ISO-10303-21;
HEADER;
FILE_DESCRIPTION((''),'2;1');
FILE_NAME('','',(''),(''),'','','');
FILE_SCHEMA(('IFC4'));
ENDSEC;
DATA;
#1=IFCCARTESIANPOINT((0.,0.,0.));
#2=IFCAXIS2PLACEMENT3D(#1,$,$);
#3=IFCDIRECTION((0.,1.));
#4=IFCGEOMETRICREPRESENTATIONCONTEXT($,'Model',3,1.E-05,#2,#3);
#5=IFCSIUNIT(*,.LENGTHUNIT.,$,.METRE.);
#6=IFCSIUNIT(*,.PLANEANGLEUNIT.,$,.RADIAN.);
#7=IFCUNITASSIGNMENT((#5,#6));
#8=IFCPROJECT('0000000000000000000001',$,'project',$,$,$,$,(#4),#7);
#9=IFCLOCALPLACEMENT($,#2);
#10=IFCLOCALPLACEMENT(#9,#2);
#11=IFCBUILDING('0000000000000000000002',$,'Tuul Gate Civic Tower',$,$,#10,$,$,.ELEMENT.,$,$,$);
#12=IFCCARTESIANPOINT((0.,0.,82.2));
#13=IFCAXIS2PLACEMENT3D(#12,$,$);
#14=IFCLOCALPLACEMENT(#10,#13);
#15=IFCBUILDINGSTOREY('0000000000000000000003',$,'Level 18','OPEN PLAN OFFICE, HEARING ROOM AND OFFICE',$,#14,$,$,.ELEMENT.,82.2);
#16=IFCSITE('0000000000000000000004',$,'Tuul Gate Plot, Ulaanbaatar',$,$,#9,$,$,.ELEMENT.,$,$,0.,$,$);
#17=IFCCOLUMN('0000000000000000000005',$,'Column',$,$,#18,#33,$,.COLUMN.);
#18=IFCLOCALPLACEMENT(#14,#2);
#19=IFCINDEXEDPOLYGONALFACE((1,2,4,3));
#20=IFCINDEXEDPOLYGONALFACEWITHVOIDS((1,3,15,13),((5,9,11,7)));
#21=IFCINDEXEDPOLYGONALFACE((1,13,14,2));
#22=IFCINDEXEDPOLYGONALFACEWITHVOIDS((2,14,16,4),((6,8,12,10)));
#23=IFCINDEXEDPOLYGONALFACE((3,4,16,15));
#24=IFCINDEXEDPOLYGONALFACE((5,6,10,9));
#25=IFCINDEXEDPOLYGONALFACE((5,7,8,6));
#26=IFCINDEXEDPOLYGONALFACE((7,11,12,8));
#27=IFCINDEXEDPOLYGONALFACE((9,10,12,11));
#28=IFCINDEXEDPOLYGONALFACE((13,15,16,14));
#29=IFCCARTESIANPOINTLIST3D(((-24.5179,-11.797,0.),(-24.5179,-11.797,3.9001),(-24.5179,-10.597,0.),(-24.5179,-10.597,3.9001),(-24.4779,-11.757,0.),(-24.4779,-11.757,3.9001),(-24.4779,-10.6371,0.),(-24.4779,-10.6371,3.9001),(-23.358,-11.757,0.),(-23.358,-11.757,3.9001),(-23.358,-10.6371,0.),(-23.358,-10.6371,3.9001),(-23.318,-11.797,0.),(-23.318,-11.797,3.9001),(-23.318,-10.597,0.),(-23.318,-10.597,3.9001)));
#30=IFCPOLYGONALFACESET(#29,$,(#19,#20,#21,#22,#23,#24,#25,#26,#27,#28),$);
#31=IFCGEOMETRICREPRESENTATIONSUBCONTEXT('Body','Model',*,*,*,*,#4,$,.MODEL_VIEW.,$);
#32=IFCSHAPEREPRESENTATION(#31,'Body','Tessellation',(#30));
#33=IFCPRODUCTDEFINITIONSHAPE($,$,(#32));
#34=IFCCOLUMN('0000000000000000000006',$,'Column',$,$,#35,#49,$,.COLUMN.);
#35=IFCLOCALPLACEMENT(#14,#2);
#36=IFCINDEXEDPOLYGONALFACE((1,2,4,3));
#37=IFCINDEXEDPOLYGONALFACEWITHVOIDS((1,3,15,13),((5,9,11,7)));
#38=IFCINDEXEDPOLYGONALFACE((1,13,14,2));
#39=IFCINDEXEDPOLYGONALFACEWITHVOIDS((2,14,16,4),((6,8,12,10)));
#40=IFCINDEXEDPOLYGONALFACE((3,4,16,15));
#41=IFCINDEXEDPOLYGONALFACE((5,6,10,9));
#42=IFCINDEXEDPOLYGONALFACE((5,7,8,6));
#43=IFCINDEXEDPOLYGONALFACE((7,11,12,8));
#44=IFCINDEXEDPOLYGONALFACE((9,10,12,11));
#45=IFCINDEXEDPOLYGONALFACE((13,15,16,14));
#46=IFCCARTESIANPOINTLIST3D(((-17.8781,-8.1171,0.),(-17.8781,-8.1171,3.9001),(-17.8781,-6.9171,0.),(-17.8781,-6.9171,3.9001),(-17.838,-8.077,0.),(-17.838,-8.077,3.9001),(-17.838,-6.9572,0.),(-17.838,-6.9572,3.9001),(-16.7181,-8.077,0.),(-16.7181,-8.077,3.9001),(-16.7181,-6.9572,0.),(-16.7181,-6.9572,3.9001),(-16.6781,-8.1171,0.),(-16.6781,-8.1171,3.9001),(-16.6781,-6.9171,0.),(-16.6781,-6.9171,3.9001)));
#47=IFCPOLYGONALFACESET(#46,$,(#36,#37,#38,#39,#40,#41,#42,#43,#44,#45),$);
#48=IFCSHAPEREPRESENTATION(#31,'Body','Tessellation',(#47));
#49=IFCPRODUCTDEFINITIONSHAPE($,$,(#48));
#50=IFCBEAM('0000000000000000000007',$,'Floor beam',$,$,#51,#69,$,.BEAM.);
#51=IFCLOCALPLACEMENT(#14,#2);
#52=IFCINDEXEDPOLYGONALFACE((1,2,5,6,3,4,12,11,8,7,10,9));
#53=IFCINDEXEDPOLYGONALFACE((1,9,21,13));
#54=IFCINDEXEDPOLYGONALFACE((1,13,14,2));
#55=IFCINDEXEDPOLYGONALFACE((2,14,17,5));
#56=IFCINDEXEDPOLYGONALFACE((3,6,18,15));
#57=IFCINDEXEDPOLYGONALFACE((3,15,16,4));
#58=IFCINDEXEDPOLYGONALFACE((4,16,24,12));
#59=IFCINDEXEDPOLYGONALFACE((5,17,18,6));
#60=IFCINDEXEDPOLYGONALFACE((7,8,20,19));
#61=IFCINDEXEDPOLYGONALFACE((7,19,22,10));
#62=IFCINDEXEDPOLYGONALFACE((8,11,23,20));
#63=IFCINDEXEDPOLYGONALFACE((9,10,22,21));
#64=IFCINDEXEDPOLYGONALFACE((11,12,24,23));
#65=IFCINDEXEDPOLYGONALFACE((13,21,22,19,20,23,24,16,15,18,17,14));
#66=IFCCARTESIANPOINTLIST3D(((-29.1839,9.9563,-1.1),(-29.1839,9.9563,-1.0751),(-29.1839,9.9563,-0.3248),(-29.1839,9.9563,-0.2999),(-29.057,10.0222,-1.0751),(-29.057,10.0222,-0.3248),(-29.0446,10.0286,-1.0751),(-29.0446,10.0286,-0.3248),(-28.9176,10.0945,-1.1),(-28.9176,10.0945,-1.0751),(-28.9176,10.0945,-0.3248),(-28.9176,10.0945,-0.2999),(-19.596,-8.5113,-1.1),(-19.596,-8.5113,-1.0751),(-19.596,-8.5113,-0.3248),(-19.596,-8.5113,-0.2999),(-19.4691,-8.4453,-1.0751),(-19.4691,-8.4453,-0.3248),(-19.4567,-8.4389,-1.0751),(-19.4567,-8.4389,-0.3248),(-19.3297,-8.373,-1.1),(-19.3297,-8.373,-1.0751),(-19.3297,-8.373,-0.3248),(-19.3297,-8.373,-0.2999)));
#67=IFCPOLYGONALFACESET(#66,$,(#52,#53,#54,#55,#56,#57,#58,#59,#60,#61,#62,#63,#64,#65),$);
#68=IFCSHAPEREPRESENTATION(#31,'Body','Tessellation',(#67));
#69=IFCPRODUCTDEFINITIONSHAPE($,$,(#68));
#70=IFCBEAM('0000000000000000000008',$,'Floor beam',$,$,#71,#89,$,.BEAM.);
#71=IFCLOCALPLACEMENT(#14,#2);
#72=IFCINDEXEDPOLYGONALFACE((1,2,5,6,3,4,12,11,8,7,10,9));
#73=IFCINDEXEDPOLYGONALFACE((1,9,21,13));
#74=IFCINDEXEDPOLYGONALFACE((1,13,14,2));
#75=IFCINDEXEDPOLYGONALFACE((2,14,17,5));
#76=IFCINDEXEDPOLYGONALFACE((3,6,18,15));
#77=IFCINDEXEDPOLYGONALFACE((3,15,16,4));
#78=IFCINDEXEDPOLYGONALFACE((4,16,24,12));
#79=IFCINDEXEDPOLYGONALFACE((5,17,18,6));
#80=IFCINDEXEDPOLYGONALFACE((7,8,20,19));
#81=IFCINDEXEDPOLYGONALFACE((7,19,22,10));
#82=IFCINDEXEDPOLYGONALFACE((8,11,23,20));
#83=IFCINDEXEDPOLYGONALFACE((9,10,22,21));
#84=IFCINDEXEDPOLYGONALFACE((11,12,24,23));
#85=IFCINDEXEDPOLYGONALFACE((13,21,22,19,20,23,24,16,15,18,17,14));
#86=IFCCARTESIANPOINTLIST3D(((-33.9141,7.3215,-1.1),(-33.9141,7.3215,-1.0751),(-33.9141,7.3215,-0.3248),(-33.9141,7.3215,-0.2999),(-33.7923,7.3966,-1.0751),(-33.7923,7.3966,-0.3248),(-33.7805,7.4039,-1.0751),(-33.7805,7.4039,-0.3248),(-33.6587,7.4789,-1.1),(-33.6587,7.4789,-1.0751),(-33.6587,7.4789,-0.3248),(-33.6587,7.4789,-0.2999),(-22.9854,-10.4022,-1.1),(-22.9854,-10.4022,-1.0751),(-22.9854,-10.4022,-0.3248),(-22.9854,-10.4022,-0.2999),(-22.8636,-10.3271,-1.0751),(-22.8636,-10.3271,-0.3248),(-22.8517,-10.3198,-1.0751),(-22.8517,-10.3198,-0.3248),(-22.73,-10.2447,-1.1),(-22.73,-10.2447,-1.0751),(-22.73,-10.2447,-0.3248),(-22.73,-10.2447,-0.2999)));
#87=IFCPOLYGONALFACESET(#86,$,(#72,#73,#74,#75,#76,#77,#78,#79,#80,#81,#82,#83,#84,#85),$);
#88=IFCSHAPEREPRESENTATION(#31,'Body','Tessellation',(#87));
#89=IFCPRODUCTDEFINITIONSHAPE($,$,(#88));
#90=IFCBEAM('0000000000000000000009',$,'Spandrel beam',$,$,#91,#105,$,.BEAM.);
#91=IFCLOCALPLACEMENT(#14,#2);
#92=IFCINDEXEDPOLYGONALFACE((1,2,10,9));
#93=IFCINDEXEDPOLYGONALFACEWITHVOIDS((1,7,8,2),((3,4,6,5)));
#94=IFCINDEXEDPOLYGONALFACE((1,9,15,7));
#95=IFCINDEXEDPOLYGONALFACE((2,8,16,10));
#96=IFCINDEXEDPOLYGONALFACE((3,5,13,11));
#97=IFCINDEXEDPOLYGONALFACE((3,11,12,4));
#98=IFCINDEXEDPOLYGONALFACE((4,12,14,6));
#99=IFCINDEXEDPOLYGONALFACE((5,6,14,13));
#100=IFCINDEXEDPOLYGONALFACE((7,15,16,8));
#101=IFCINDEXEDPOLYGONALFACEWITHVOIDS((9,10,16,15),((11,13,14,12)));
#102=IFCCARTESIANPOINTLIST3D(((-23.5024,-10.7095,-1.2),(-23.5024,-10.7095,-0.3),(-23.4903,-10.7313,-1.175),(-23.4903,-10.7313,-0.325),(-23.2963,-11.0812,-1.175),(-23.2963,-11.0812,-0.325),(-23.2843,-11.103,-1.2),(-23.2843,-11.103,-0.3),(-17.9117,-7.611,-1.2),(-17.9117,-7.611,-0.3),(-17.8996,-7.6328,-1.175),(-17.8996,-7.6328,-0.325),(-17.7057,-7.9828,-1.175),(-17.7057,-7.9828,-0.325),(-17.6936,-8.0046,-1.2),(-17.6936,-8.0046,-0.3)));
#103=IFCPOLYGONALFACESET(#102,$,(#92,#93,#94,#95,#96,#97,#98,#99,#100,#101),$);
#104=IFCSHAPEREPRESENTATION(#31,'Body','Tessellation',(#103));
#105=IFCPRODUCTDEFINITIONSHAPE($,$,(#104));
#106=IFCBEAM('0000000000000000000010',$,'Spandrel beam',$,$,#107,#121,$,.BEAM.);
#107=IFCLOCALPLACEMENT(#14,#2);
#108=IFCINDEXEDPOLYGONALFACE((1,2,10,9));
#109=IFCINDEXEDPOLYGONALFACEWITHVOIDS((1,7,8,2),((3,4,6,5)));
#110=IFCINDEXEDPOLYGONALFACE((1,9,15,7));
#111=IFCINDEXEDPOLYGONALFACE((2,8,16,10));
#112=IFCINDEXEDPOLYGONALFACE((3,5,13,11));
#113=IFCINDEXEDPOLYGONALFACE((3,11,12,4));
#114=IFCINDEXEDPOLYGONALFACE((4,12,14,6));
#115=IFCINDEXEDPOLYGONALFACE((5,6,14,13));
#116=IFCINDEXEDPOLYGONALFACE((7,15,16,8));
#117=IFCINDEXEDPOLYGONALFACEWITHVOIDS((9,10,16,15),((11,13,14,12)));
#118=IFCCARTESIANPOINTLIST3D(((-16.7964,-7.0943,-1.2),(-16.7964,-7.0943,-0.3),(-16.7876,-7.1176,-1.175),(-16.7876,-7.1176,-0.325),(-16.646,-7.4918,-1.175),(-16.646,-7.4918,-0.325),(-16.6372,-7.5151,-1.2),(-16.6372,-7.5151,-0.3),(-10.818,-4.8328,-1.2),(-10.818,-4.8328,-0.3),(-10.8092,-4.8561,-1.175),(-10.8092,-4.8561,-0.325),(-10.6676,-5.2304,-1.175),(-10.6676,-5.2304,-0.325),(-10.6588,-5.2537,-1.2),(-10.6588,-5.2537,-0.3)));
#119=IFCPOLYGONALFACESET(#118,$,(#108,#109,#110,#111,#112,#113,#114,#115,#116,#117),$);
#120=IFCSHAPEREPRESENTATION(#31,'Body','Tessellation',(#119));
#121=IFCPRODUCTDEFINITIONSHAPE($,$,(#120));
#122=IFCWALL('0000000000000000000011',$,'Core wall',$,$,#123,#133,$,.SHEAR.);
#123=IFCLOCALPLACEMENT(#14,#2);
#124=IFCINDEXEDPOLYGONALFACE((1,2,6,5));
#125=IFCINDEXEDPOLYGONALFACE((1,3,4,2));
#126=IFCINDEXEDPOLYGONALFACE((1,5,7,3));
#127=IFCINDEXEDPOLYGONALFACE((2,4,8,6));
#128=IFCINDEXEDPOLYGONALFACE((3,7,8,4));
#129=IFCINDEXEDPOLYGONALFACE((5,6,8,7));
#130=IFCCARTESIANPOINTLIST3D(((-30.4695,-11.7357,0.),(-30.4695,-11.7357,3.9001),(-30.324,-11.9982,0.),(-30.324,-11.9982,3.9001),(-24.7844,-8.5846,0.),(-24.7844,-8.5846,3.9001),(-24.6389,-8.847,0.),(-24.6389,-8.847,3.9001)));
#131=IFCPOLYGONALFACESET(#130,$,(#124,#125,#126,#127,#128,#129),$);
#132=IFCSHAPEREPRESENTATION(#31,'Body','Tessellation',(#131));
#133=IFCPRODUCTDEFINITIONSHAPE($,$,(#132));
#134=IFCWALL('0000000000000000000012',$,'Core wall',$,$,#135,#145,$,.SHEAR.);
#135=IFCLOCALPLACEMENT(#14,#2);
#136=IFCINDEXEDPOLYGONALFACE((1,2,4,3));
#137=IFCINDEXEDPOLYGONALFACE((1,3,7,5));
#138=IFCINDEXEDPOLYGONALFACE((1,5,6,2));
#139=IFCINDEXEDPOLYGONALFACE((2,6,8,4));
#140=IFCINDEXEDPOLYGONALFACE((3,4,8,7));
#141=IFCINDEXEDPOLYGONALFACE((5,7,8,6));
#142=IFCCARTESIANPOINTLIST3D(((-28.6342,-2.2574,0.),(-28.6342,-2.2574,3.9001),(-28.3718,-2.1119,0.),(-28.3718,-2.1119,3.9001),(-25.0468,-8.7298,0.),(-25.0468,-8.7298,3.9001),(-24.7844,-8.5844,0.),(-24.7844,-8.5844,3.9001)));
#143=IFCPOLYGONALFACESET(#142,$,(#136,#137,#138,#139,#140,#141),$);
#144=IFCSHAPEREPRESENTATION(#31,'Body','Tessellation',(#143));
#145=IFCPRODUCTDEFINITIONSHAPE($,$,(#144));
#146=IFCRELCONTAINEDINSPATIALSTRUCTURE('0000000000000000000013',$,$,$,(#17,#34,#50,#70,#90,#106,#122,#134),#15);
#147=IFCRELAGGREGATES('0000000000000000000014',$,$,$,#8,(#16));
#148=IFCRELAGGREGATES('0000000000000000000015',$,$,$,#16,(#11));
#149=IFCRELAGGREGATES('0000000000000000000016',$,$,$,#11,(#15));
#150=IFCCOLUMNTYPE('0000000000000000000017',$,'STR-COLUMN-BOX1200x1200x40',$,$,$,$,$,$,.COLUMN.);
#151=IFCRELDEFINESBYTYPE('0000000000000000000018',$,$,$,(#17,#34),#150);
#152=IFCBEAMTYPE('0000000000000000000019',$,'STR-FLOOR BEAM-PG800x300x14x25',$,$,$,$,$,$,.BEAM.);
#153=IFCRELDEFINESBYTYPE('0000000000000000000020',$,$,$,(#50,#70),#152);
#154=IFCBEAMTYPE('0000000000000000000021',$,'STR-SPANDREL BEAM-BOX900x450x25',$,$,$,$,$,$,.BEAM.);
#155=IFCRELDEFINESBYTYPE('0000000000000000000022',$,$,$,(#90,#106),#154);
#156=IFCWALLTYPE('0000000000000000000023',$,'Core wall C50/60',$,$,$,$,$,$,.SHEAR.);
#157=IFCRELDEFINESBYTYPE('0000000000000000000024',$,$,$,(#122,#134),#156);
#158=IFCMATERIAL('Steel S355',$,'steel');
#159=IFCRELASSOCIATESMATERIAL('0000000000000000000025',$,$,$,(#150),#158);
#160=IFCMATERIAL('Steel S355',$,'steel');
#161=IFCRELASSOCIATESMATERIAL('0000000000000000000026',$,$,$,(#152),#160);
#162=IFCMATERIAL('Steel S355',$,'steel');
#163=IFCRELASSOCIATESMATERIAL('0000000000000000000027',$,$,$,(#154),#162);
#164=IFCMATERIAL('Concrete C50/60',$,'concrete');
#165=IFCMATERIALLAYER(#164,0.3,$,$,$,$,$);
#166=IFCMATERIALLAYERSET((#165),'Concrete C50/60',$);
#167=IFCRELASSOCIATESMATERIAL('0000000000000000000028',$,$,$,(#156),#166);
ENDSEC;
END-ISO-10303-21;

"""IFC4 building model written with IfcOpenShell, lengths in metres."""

from ifc_helpers import new_model, si_unit, direction, frame, frame_2d, origin, origin_2d, place, context, subcontext, project, spatial, rectangle, hollow_rectangle, i_section, extrude, material, layer, layer_set, material_profile, profile_set, type_object, element, save


model = new_model("IFC4")

# Units and contexts
model_context = context("Model", 3, precision=1e-05, world=origin(), true_north=direction((0.0, 1.0)))
body_context = subcontext(model_context, "Body", "Model", "MODEL_VIEW")
ifc_project = project(units=[si_unit("LENGTHUNIT", "METRE"), si_unit("PLANEANGLEUNIT", "RADIAN")], contexts=[model_context])

# Site, building, storey
site_placement = place(None, origin())
site = spatial("IfcSite", under=ifc_project, at=site_placement, Name="Tuul Gate Plot, Ulaanbaatar", CompositionType="ELEMENT", RefElevation=0.0)
building_placement = place(site_placement, origin())
building = spatial("IfcBuilding", under=site, at=building_placement, Name="Tuul Gate Civic Tower", CompositionType="ELEMENT")
storey_placement = place(building_placement, frame((0.0, 0.0, 82.2)))
storey = spatial("IfcBuildingStorey", under=building, at=storey_placement, Name="Level 18", Description="OPEN PLAN OFFICE, HEARING ROOM AND OFFICE", CompositionType="ELEMENT", Elevation=82.2)

# Columns
ifc_material_1 = material(Name="Steel S355", Category="steel")
ifc_material_profile_1 = material_profile(ifc_material_1, hollow_rectangle(XDim=1.2, YDim=1.2, WallThickness=0.04, at=origin_2d()), Name="BOX1200x1200x40")
ifc_profile_set_1 = profile_set([ifc_material_profile_1], Name="Steel S355")
column_type = type_object("IfcColumnType", Name="STR-COLUMN-BOX1200x1200x40", PredefinedType="COLUMN", material=ifc_profile_set_1)
for number, where, z_axis, x_axis, name in (
    (1, (-23.918, -11.197, 0.0), (0.0, 0.0, 1.0), (1.0, 0.0, 0.0), "Column"),
    (2, (-17.2781, -7.5171, 0.0), (0.0, 0.0, 1.0), (1.0, 0.0, 0.0), "Column"),
):
    element("IfcColumn", number, at=place(storey_placement, frame(where, z_axis=z_axis, x_axis=x_axis)), inside=storey, type_object=column_type, Name=name, PredefinedType="COLUMN", context=body_context, shape_type="SweptSolid", body=[
        extrude(hollow_rectangle(XDim=1.2, YDim=1.2, WallThickness=0.04, at=origin_2d()), origin(), (0.0, 0.0, 1.0), 3.9001),
    ])

# Beams
ifc_material_2 = material(Name="Steel S355", Category="steel")
ifc_material_profile_2 = material_profile(ifc_material_2, i_section(OverallWidth=0.3, OverallDepth=0.8, WebThickness=0.0139, FlangeThickness=0.0249, at=origin_2d()), Name="PG800x300x14x25")
ifc_profile_set_2 = profile_set([ifc_material_profile_2], Name="Steel S355")
beam_type_1 = type_object("IfcBeamType", Name="STR-FLOOR BEAM-PG800x300x14x25", PredefinedType="BEAM", material=ifc_profile_set_2)
beam_1_placement = place(storey_placement, frame((-19.4629, -8.4421, -0.7), z_axis=(-0.460777, 0.887516, 0.0), x_axis=(-0.887516, -0.460777, 0.0)))
element("IfcBeam", 3, at=beam_1_placement, inside=storey, type_object=beam_type_1, Name="Floor beam", PredefinedType="BEAM", context=body_context, shape_type="SweptSolid", body=[
    extrude(i_section(OverallWidth=0.3, OverallDepth=0.8, WebThickness=0.0139, FlangeThickness=0.0249, at=origin_2d()), origin(), (0.0, 0.0, 1.0), 20.8081),
])
beam_2_placement = place(storey_placement, frame((-22.8577, -10.3235, -0.7), z_axis=(-0.524859, 0.851189, 0.0), x_axis=(-0.851189, -0.524859, 0.0)))
element("IfcBeam", 4, at=beam_2_placement, inside=storey, type_object=beam_type_1, Name="Floor beam", PredefinedType="BEAM", context=body_context, shape_type="SweptSolid", body=[
    extrude(i_section(OverallWidth=0.3, OverallDepth=0.8, WebThickness=0.0139, FlangeThickness=0.0249, at=origin_2d()), origin(), (0.0, 0.0, 1.0), 20.8223),
])
ifc_material_3 = material(Name="Steel S355", Category="steel")
ifc_material_profile_3 = material_profile(ifc_material_3, hollow_rectangle(XDim=0.45, YDim=0.8999, WallThickness=0.0249, at=origin_2d()), Name="BOX900x450x25")
ifc_profile_set_3 = profile_set([ifc_material_profile_3], Name="Steel S355")
beam_type_2 = type_object("IfcBeamType", Name="STR-SPANDREL BEAM-BOX900x450x25", PredefinedType="BEAM", material=ifc_profile_set_3)
for number, where, z_axis, x_axis, name in (
    (5, (-23.3933, -10.9062, -0.75), (0.874654, 0.484748, 0.0), (-0.484748, 0.874654, 0.0), "Spandrel beam"),
    (6, (-16.7168, -7.3047, -0.75), (0.935321, 0.353801, 0.0), (-0.353801, 0.935321, 0.0), "Spandrel beam"),
):
    element("IfcBeam", number, at=place(storey_placement, frame(where, z_axis=z_axis, x_axis=x_axis)), inside=storey, type_object=beam_type_2, Name=name, PredefinedType="BEAM", context=body_context, shape_type="SweptSolid", body=[
        extrude(hollow_rectangle(XDim=0.45, YDim=0.8999, WallThickness=0.0249, at=origin_2d()), origin(), (0.0, 0.0, 1.0), 6.3918),
    ])

# Walls
ifc_material_4 = material(Name="Concrete C50/60", Category="concrete")
ifc_layer_1 = layer(ifc_material_4, 0.3)
ifc_layer_set_1 = layer_set([ifc_layer_1], Name="Concrete C50/60")
wall_type_1 = type_object("IfcWallType", Name="Core wall C50/60", PredefinedType="SHEAR", material=ifc_layer_set_1)
wall_1_placement = place(storey_placement, frame((-24.7117, -8.7158, 0.0), z_axis=(0.0, 0.0, 1.0), x_axis=(-0.87463, -0.484791, 0.0)))
element("IfcWall", 7, at=wall_1_placement, inside=storey, type_object=wall_type_1, Name="Core wall", PredefinedType="SHEAR", context=body_context, shape_type="SweptSolid", body=[
    extrude(rectangle(XDim=6.5, YDim=0.3, at=frame_2d((3.25, 0.0))), origin(), (0.0, 0.0, 1.0), 3.9001),
])
wall_2_placement = place(storey_placement, frame((-24.9155, -8.6572, 0.0), z_axis=(0.0, 0.0, 1.0), x_axis=(-0.484777, 0.874638, 0.0)))
element("IfcWall", 8, at=wall_2_placement, inside=storey, type_object=wall_type_1, Name="Core wall", PredefinedType="SHEAR", context=body_context, shape_type="SweptSolid", body=[
    extrude(rectangle(XDim=7.4001, YDim=0.3, at=frame_2d((3.7002, 0.0))), origin(), (0.0, 0.0, 1.0), 3.9001),
])

save(model, "model.ifc")
